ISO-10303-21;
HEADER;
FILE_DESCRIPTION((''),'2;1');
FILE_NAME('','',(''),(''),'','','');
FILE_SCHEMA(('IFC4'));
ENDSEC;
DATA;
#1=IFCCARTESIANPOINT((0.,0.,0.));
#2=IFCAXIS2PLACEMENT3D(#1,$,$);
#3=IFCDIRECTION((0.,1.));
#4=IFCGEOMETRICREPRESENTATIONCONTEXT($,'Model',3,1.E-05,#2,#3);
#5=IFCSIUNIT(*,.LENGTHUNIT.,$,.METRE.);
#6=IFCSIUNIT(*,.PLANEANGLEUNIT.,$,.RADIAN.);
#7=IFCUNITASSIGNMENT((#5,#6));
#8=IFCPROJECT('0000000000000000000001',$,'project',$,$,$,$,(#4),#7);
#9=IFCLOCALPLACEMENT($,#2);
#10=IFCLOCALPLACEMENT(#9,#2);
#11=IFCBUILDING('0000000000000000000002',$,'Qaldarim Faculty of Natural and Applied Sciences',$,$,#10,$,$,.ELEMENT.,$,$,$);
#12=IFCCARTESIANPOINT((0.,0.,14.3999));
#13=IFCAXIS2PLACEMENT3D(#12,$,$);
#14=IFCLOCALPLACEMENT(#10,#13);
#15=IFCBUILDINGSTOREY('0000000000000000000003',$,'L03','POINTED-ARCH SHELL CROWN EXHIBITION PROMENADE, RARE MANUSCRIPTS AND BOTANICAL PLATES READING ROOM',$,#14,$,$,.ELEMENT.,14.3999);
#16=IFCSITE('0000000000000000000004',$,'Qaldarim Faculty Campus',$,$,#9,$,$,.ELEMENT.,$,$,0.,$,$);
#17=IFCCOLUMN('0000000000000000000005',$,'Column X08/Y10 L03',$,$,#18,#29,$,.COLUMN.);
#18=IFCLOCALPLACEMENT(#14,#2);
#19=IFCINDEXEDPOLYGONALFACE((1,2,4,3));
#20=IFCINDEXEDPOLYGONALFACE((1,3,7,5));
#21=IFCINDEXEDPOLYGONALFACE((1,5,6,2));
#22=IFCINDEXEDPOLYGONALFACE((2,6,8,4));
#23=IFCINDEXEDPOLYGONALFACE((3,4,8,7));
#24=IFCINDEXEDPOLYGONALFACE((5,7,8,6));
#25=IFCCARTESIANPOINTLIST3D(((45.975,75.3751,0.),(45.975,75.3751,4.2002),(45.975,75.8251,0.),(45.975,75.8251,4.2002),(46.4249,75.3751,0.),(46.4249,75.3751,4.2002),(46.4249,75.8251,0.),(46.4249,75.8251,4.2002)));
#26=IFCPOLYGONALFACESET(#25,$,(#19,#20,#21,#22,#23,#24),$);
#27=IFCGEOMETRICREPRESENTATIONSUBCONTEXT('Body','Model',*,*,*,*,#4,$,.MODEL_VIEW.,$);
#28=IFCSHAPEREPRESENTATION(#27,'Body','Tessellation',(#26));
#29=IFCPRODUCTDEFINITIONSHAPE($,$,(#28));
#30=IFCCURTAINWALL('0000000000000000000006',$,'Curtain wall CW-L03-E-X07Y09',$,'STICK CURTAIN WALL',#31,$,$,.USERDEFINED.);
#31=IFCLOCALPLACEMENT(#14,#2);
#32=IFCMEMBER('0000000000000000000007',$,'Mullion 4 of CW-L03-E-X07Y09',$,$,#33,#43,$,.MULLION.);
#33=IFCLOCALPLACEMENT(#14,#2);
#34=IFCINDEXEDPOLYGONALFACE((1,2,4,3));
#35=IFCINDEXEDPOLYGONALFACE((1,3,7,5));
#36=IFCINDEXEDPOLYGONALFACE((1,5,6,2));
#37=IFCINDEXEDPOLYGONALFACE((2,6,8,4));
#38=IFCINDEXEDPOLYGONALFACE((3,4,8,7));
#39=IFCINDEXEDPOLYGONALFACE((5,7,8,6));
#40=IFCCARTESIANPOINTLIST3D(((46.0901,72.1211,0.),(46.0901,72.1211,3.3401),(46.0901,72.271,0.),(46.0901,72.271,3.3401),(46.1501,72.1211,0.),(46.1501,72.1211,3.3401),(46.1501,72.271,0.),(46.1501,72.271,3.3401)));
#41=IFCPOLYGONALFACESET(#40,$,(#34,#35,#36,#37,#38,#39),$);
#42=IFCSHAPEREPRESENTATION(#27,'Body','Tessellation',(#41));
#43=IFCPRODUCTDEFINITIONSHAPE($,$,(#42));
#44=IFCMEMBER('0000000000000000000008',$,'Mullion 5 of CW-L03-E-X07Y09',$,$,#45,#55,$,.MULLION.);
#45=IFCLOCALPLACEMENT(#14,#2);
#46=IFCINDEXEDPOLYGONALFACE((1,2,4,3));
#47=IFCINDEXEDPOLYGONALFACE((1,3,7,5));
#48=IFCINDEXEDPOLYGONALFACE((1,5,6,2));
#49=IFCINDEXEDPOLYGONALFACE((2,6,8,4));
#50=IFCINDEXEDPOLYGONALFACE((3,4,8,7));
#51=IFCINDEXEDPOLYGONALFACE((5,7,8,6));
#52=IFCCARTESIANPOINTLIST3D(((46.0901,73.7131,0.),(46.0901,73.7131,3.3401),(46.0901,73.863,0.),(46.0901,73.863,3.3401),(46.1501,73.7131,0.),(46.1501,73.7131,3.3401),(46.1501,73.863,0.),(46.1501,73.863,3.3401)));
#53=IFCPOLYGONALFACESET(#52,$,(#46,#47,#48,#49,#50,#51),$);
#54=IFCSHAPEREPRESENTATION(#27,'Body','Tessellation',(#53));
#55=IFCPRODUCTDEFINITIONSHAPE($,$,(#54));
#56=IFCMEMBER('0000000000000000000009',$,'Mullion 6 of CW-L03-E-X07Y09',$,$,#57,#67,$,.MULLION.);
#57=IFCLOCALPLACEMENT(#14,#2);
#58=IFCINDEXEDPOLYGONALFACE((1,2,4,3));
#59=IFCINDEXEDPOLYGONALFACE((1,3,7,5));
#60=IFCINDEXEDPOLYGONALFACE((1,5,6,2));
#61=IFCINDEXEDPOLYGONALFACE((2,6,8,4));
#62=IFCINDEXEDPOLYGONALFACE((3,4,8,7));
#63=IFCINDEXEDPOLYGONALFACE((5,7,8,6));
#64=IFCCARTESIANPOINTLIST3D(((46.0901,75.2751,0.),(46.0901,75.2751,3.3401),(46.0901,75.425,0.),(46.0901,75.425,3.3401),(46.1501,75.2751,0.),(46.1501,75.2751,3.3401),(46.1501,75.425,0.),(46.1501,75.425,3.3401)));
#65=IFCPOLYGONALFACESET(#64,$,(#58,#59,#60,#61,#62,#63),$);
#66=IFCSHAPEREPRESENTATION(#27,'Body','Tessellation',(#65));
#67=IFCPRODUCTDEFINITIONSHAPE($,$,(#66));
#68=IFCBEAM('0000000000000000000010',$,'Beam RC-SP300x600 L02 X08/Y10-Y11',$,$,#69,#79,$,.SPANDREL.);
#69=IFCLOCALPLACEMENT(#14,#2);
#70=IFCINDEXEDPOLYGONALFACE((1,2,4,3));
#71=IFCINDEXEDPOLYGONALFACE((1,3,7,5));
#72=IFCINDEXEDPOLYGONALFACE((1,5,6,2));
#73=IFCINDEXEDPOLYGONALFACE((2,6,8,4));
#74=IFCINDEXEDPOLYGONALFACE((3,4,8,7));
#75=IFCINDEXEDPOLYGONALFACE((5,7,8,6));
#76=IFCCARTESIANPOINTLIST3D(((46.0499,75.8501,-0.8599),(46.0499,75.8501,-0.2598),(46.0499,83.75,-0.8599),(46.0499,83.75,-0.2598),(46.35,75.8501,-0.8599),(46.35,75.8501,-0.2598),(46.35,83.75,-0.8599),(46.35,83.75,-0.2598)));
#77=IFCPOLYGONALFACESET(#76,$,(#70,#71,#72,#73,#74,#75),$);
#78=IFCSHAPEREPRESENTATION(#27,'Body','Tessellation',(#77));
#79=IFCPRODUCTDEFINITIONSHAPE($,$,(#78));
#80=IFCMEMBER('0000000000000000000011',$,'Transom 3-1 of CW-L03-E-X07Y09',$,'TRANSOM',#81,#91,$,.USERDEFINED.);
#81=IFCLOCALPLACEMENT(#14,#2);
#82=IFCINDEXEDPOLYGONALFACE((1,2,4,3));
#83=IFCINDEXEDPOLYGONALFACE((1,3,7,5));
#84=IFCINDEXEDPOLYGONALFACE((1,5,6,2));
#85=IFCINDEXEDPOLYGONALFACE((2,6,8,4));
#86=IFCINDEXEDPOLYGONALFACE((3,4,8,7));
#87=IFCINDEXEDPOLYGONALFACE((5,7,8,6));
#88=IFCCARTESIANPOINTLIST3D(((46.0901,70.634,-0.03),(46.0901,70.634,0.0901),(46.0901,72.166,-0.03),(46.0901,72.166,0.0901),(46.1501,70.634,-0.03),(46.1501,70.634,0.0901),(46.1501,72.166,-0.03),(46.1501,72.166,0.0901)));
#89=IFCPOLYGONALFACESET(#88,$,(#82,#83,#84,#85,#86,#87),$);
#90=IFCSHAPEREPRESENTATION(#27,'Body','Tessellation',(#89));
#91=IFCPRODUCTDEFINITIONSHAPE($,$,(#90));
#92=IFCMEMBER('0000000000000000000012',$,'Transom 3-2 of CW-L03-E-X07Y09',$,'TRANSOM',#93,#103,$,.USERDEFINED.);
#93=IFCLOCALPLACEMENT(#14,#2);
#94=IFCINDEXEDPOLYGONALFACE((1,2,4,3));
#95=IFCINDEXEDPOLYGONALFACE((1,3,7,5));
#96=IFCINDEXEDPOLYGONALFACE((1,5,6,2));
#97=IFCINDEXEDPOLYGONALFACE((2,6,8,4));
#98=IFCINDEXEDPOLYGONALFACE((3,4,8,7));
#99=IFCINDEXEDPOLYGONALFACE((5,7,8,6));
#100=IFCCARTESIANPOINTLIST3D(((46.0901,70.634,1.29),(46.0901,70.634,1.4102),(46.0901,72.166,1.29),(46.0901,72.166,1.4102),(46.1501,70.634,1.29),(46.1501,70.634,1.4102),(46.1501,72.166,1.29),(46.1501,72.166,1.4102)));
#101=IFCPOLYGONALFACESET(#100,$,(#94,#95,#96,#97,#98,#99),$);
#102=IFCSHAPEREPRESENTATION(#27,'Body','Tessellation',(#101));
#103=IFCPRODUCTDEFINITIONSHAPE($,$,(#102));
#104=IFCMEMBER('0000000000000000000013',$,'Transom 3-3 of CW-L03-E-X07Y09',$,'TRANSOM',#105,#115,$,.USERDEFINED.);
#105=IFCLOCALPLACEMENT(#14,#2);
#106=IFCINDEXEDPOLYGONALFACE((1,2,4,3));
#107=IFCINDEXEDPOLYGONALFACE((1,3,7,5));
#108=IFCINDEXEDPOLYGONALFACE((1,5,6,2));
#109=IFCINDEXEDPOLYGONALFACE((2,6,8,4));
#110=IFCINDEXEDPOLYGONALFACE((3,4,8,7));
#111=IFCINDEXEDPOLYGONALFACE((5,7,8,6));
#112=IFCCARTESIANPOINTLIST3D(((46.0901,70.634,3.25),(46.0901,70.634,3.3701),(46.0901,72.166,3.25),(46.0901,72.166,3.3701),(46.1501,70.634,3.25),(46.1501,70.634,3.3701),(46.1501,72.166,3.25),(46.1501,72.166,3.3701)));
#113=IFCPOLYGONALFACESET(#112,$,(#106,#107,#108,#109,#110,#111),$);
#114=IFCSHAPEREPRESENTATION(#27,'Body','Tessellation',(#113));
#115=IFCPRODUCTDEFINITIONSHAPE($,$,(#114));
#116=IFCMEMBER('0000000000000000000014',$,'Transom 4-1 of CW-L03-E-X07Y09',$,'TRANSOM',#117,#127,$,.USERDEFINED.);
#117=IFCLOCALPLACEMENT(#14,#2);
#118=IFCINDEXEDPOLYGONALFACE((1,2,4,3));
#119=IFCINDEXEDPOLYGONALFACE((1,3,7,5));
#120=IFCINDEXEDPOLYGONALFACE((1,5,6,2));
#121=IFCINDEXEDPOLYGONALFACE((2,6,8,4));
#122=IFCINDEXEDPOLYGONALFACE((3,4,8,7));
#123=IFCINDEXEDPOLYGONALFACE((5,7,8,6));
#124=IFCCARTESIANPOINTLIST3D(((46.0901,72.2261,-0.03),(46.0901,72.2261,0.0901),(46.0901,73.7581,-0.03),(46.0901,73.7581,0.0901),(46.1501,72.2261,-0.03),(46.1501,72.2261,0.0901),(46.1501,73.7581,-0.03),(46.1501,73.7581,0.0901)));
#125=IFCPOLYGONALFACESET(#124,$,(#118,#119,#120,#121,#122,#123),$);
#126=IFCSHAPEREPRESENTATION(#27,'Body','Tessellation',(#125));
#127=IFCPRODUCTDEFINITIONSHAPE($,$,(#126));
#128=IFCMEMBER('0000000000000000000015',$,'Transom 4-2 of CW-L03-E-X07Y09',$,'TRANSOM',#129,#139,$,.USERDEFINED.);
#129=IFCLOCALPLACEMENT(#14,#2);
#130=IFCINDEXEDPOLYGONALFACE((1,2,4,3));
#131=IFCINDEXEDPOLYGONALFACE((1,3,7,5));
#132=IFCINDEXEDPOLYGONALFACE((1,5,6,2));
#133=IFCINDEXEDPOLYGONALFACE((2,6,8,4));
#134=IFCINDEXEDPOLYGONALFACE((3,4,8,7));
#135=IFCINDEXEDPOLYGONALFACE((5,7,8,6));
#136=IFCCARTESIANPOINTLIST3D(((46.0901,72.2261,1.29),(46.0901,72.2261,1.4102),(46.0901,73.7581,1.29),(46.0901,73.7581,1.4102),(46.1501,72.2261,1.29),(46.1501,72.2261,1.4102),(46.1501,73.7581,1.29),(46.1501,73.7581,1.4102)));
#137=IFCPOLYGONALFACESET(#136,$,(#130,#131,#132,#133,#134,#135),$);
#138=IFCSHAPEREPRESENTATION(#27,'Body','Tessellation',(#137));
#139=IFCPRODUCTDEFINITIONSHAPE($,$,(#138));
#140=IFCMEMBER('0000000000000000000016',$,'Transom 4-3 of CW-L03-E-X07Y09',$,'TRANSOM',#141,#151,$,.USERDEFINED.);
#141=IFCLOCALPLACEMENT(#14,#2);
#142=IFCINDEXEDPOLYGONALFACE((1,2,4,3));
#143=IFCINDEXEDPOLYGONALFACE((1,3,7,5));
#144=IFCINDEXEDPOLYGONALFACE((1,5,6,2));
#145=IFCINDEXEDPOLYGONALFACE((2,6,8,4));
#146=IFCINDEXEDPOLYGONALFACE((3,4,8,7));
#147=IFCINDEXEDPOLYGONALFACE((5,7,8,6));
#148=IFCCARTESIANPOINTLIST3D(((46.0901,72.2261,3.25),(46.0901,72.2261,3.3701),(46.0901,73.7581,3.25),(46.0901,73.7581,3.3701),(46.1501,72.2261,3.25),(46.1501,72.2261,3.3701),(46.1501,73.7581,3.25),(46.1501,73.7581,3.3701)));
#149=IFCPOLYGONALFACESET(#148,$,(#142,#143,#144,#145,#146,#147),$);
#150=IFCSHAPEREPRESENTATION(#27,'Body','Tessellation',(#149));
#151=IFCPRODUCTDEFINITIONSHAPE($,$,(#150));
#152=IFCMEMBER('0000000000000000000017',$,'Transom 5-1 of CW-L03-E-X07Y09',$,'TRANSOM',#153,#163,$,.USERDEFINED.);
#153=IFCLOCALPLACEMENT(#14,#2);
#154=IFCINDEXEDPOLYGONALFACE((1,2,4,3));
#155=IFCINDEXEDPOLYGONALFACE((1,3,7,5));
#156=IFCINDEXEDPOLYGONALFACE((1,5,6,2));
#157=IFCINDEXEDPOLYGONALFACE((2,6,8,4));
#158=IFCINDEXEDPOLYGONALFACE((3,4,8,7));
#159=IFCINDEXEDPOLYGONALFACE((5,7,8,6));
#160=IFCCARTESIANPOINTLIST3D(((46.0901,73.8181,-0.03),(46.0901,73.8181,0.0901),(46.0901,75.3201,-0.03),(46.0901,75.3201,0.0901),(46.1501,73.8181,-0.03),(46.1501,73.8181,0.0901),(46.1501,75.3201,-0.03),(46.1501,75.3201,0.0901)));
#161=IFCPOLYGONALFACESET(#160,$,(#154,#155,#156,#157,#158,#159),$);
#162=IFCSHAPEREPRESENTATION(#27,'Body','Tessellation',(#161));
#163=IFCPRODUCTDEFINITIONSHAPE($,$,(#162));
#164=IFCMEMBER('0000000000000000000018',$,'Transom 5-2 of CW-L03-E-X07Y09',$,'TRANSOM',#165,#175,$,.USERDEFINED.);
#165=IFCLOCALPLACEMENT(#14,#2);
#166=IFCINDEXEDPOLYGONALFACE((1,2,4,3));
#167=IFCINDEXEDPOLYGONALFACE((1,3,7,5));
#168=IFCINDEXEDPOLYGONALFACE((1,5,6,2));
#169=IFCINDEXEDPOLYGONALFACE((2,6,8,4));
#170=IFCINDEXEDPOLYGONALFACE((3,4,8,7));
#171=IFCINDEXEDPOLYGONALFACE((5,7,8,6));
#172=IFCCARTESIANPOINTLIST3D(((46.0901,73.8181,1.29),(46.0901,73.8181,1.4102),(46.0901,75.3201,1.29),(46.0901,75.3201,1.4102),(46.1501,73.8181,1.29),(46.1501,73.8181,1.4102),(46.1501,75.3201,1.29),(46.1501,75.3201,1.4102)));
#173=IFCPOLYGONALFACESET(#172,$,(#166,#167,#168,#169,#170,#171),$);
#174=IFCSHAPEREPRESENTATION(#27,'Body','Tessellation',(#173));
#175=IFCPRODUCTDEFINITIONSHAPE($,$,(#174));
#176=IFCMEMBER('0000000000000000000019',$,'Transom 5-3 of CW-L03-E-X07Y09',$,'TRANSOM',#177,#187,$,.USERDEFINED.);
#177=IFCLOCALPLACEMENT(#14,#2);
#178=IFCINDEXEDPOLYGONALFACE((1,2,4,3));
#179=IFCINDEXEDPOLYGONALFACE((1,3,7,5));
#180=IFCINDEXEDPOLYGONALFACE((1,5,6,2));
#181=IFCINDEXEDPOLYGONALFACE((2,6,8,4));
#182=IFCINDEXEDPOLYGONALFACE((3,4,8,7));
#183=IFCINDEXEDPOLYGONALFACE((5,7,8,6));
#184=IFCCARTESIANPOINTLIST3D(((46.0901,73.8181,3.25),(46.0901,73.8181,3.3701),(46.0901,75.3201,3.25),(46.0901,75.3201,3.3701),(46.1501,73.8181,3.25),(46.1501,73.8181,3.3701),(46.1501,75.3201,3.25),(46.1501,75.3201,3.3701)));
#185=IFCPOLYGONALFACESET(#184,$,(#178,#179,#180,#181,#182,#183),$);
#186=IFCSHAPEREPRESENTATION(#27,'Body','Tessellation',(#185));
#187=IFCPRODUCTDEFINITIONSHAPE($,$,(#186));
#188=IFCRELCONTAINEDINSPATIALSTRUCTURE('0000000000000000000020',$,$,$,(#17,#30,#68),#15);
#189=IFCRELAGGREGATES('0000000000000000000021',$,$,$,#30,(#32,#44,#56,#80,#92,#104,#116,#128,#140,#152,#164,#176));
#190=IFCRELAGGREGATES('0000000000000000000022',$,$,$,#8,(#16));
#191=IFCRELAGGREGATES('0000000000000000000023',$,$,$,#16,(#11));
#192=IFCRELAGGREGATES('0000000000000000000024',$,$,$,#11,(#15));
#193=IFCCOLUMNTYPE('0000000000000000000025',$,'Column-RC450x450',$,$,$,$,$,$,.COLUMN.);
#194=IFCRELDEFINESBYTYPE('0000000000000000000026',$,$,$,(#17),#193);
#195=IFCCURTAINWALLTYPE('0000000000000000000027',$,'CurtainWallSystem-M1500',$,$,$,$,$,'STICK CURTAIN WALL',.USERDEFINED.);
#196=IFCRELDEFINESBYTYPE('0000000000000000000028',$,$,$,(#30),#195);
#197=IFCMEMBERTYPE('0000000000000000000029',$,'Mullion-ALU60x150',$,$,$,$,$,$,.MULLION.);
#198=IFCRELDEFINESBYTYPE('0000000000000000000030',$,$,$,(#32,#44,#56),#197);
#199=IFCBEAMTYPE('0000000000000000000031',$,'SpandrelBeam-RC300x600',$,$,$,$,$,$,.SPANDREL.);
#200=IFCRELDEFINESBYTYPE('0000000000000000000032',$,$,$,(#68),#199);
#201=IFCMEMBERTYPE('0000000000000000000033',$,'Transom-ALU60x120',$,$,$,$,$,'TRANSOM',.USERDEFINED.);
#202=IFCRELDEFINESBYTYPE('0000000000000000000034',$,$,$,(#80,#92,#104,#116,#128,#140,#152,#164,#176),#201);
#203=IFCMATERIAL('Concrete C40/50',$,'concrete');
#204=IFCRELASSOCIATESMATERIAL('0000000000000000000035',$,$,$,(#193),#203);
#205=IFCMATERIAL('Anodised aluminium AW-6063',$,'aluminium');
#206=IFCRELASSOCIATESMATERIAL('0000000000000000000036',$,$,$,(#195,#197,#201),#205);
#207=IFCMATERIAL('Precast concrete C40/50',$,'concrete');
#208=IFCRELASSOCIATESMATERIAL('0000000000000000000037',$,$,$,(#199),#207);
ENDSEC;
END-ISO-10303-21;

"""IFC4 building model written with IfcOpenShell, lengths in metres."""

from ifc_helpers import new_model, si_unit, direction, frame, origin, origin_2d, place, context, subcontext, project, spatial, rectangle, extrude, material, material_profile, profile_set, type_object, element, aggregate, save


model = new_model("IFC4")

# Units and contexts
model_context = context("Model", 3, precision=1e-05, world=origin(), true_north=direction((0.0, 1.0)))
body_context = subcontext(model_context, "Body", "Model", "MODEL_VIEW")
ifc_project = project(units=[si_unit("LENGTHUNIT", "METRE"), si_unit("PLANEANGLEUNIT", "RADIAN")], contexts=[model_context])

# Site, building, storey
site_placement = place(None, origin())
site = spatial("IfcSite", under=ifc_project, at=site_placement, Name="Qaldarim Faculty Campus", CompositionType="ELEMENT", RefElevation=0.0)
building_placement = place(site_placement, origin())
building = spatial("IfcBuilding", under=site, at=building_placement, Name="Qaldarim Faculty of Natural and Applied Sciences", CompositionType="ELEMENT")
storey_placement = place(building_placement, frame((0.0, 0.0, 14.3999)))
storey = spatial("IfcBuildingStorey", under=building, at=storey_placement, Name="L03", Description="POINTED-ARCH SHELL CROWN EXHIBITION PROMENADE, RARE MANUSCRIPTS AND BOTANICAL PLATES READING ROOM", CompositionType="ELEMENT", Elevation=14.3999)

# Column
ifc_material_1 = material(Name="Concrete C40/50", Category="concrete")
ifc_material_profile_1 = material_profile(ifc_material_1, rectangle(XDim=0.45, YDim=0.45, at=origin_2d()), Name="RC-C450x450")
ifc_profile_set_1 = profile_set([ifc_material_profile_1], Name="Concrete C40/50")
column_type = type_object("IfcColumnType", Name="Column-RC450x450", PredefinedType="COLUMN", material=ifc_profile_set_1)
column_placement = place(storey_placement, frame((46.2, 75.6001, 0.0), z_axis=(0.0, 0.0, 1.0), x_axis=(1.0, 0.0, 0.0)))
element("IfcColumn", 1, at=column_placement, inside=storey, type_object=column_type, Name="Column X08/Y10 L03", PredefinedType="COLUMN", context=body_context, shape_type="SweptSolid", body=[
    extrude(rectangle(XDim=0.45, YDim=0.45, at=origin_2d()), origin(), (0.0, 0.0, 1.0), 4.2002),
])

# Curtain wall, members
ifc_material_2 = material(Name="Anodised aluminium AW-6063", Category="aluminium")
curtain_wall_type = type_object("IfcCurtainWallType", Name="CurtainWallSystem-M1500", ElementType="STICK CURTAIN WALL", PredefinedType="USERDEFINED", material=ifc_material_2)
curtain_wall_placement = place(storey_placement, origin())
curtain_wall = element("IfcCurtainWall", 2, at=curtain_wall_placement, inside=storey, type_object=curtain_wall_type, Name="Curtain wall CW-L03-E-X07Y09", ObjectType="STICK CURTAIN WALL", PredefinedType="USERDEFINED")
ifc_material_profile_2 = material_profile(ifc_material_2, rectangle(XDim=0.0601, YDim=0.1499, at=origin_2d()), Name="ALU-M60x150")
ifc_profile_set_2 = profile_set([ifc_material_profile_2], Name="Anodised aluminium AW-6063")
member_type_1 = type_object("IfcMemberType", Name="Mullion-ALU60x150", PredefinedType="MULLION", material=ifc_profile_set_2)
member_1_placement = place(storey_placement, frame((46.1201, 72.196, 0.0), z_axis=(0.0, 0.0, 1.0), x_axis=(-1.0, 0.0, 0.0)))
member_1 = element("IfcMember", 3, at=member_1_placement, type_object=member_type_1, Name="Mullion 4 of CW-L03-E-X07Y09", PredefinedType="MULLION", context=body_context, shape_type="SweptSolid", body=[
    extrude(rectangle(XDim=0.0601, YDim=0.1499, at=origin_2d()), origin(), (0.0, 0.0, 1.0), 3.3401),
])
member_2_placement = place(storey_placement, frame((46.1201, 73.7881, 0.0), z_axis=(0.0, 0.0, 1.0), x_axis=(-1.0, 0.0, 0.0)))
member_2 = element("IfcMember", 4, at=member_2_placement, type_object=member_type_1, Name="Mullion 5 of CW-L03-E-X07Y09", PredefinedType="MULLION", context=body_context, shape_type="SweptSolid", body=[
    extrude(rectangle(XDim=0.0601, YDim=0.1499, at=origin_2d()), origin(), (0.0, 0.0, 1.0), 3.3401),
])
member_3_placement = place(storey_placement, frame((46.1201, 75.3501, 0.0), z_axis=(0.0, 0.0, 1.0), x_axis=(-1.0, 0.0, 0.0)))
member_3 = element("IfcMember", 5, at=member_3_placement, type_object=member_type_1, Name="Mullion 6 of CW-L03-E-X07Y09", PredefinedType="MULLION", context=body_context, shape_type="SweptSolid", body=[
    extrude(rectangle(XDim=0.0601, YDim=0.1499, at=origin_2d()), origin(), (0.0, 0.0, 1.0), 3.3401),
])

# Beam
ifc_material_3 = material(Name="Precast concrete C40/50", Category="concrete")
ifc_material_profile_3 = material_profile(ifc_material_3, rectangle(XDim=0.3, YDim=0.6001, at=origin_2d()), Name="RC-SP300x600")
ifc_profile_set_3 = profile_set([ifc_material_profile_3], Name="Precast concrete C40/50")
beam_type = type_object("IfcBeamType", Name="SpandrelBeam-RC300x600", PredefinedType="SPANDREL", material=ifc_profile_set_3)
beam_placement = place(storey_placement, frame((46.2, 75.8501, -0.5598), z_axis=(0.0, 1.0, 0.0), x_axis=(-1.0, 0.0, 0.0)))
element("IfcBeam", 6, at=beam_placement, inside=storey, type_object=beam_type, Name="Beam RC-SP300x600 L02 X08/Y10-Y11", PredefinedType="SPANDREL", context=body_context, shape_type="SweptSolid", body=[
    extrude(rectangle(XDim=0.3, YDim=0.6001, at=origin_2d()), origin(), (0.0, 0.0, 1.0), 7.8999),
])

# Members
ifc_material_profile_4 = material_profile(ifc_material_2, rectangle(XDim=0.0601, YDim=0.1201, at=origin_2d()), Name="ALU-T60x120")
ifc_profile_set_4 = profile_set([ifc_material_profile_4], Name="Anodised aluminium AW-6063")
member_type_2 = type_object("IfcMemberType", Name="Transom-ALU60x120", ElementType="TRANSOM", PredefinedType="USERDEFINED", material=ifc_profile_set_4)
member_4_placement = place(storey_placement, frame((46.1201, 70.634, 0.03), z_axis=(0.0, 1.0, 0.0), x_axis=(-1.0, 0.0, 0.0)))
member_4 = element("IfcMember", 7, at=member_4_placement, type_object=member_type_2, Name="Transom 3-1 of CW-L03-E-X07Y09", ObjectType="TRANSOM", PredefinedType="USERDEFINED", context=body_context, shape_type="SweptSolid", body=[
    extrude(rectangle(XDim=0.0601, YDim=0.1201, at=origin_2d()), origin(), (0.0, 0.0, 1.0), 1.532),
])
member_5_placement = place(storey_placement, frame((46.1201, 70.634, 1.3501), z_axis=(0.0, 1.0, 0.0), x_axis=(-1.0, 0.0, 0.0)))
member_5 = element("IfcMember", 8, at=member_5_placement, type_object=member_type_2, Name="Transom 3-2 of CW-L03-E-X07Y09", ObjectType="TRANSOM", PredefinedType="USERDEFINED", context=body_context, shape_type="SweptSolid", body=[
    extrude(rectangle(XDim=0.0601, YDim=0.1201, at=origin_2d()), origin(), (0.0, 0.0, 1.0), 1.532),
])
member_6_placement = place(storey_placement, frame((46.1201, 70.634, 3.3101), z_axis=(0.0, 1.0, 0.0), x_axis=(-1.0, 0.0, 0.0)))
member_6 = element("IfcMember", 9, at=member_6_placement, type_object=member_type_2, Name="Transom 3-3 of CW-L03-E-X07Y09", ObjectType="TRANSOM", PredefinedType="USERDEFINED", context=body_context, shape_type="SweptSolid", body=[
    extrude(rectangle(XDim=0.0601, YDim=0.1201, at=origin_2d()), origin(), (0.0, 0.0, 1.0), 1.532),
])
member_7_placement = place(storey_placement, frame((46.1201, 72.2261, 0.03), z_axis=(0.0, 1.0, 0.0), x_axis=(-1.0, 0.0, 0.0)))
member_7 = element("IfcMember", 10, at=member_7_placement, type_object=member_type_2, Name="Transom 4-1 of CW-L03-E-X07Y09", ObjectType="TRANSOM", PredefinedType="USERDEFINED", context=body_context, shape_type="SweptSolid", body=[
    extrude(rectangle(XDim=0.0601, YDim=0.1201, at=origin_2d()), origin(), (0.0, 0.0, 1.0), 1.532),
])
member_8_placement = place(storey_placement, frame((46.1201, 72.2261, 1.3501), z_axis=(0.0, 1.0, 0.0), x_axis=(-1.0, 0.0, 0.0)))
member_8 = element("IfcMember", 11, at=member_8_placement, type_object=member_type_2, Name="Transom 4-2 of CW-L03-E-X07Y09", ObjectType="TRANSOM", PredefinedType="USERDEFINED", context=body_context, shape_type="SweptSolid", body=[
    extrude(rectangle(XDim=0.0601, YDim=0.1201, at=origin_2d()), origin(), (0.0, 0.0, 1.0), 1.532),
])
member_9_placement = place(storey_placement, frame((46.1201, 72.2261, 3.3101), z_axis=(0.0, 1.0, 0.0), x_axis=(-1.0, 0.0, 0.0)))
member_9 = element("IfcMember", 12, at=member_9_placement, type_object=member_type_2, Name="Transom 4-3 of CW-L03-E-X07Y09", ObjectType="TRANSOM", PredefinedType="USERDEFINED", context=body_context, shape_type="SweptSolid", body=[
    extrude(rectangle(XDim=0.0601, YDim=0.1201, at=origin_2d()), origin(), (0.0, 0.0, 1.0), 1.532),
])
member_10_placement = place(storey_placement, frame((46.1201, 73.8181, 0.03), z_axis=(0.0, 1.0, 0.0), x_axis=(-1.0, 0.0, 0.0)))
member_10 = element("IfcMember", 13, at=member_10_placement, type_object=member_type_2, Name="Transom 5-1 of CW-L03-E-X07Y09", ObjectType="TRANSOM", PredefinedType="USERDEFINED", context=body_context, shape_type="SweptSolid", body=[
    extrude(rectangle(XDim=0.0601, YDim=0.1201, at=origin_2d()), origin(), (0.0, 0.0, 1.0), 1.502),
])
member_11_placement = place(storey_placement, frame((46.1201, 73.8181, 1.3501), z_axis=(0.0, 1.0, 0.0), x_axis=(-1.0, 0.0, 0.0)))
member_11 = element("IfcMember", 14, at=member_11_placement, type_object=member_type_2, Name="Transom 5-2 of CW-L03-E-X07Y09", ObjectType="TRANSOM", PredefinedType="USERDEFINED", context=body_context, shape_type="SweptSolid", body=[
    extrude(rectangle(XDim=0.0601, YDim=0.1201, at=origin_2d()), origin(), (0.0, 0.0, 1.0), 1.502),
])
member_12_placement = place(storey_placement, frame((46.1201, 73.8181, 3.3101), z_axis=(0.0, 1.0, 0.0), x_axis=(-1.0, 0.0, 0.0)))
member_12 = element("IfcMember", 15, at=member_12_placement, type_object=member_type_2, Name="Transom 5-3 of CW-L03-E-X07Y09", ObjectType="TRANSOM", PredefinedType="USERDEFINED", context=body_context, shape_type="SweptSolid", body=[
    extrude(rectangle(XDim=0.0601, YDim=0.1201, at=origin_2d()), origin(), (0.0, 0.0, 1.0), 1.502),
])

aggregate(curtain_wall, [member_1, member_2, member_3, member_4, member_5, member_6, member_7, member_8, member_9, member_10, member_11, member_12])

save(model, "model.ifc")
